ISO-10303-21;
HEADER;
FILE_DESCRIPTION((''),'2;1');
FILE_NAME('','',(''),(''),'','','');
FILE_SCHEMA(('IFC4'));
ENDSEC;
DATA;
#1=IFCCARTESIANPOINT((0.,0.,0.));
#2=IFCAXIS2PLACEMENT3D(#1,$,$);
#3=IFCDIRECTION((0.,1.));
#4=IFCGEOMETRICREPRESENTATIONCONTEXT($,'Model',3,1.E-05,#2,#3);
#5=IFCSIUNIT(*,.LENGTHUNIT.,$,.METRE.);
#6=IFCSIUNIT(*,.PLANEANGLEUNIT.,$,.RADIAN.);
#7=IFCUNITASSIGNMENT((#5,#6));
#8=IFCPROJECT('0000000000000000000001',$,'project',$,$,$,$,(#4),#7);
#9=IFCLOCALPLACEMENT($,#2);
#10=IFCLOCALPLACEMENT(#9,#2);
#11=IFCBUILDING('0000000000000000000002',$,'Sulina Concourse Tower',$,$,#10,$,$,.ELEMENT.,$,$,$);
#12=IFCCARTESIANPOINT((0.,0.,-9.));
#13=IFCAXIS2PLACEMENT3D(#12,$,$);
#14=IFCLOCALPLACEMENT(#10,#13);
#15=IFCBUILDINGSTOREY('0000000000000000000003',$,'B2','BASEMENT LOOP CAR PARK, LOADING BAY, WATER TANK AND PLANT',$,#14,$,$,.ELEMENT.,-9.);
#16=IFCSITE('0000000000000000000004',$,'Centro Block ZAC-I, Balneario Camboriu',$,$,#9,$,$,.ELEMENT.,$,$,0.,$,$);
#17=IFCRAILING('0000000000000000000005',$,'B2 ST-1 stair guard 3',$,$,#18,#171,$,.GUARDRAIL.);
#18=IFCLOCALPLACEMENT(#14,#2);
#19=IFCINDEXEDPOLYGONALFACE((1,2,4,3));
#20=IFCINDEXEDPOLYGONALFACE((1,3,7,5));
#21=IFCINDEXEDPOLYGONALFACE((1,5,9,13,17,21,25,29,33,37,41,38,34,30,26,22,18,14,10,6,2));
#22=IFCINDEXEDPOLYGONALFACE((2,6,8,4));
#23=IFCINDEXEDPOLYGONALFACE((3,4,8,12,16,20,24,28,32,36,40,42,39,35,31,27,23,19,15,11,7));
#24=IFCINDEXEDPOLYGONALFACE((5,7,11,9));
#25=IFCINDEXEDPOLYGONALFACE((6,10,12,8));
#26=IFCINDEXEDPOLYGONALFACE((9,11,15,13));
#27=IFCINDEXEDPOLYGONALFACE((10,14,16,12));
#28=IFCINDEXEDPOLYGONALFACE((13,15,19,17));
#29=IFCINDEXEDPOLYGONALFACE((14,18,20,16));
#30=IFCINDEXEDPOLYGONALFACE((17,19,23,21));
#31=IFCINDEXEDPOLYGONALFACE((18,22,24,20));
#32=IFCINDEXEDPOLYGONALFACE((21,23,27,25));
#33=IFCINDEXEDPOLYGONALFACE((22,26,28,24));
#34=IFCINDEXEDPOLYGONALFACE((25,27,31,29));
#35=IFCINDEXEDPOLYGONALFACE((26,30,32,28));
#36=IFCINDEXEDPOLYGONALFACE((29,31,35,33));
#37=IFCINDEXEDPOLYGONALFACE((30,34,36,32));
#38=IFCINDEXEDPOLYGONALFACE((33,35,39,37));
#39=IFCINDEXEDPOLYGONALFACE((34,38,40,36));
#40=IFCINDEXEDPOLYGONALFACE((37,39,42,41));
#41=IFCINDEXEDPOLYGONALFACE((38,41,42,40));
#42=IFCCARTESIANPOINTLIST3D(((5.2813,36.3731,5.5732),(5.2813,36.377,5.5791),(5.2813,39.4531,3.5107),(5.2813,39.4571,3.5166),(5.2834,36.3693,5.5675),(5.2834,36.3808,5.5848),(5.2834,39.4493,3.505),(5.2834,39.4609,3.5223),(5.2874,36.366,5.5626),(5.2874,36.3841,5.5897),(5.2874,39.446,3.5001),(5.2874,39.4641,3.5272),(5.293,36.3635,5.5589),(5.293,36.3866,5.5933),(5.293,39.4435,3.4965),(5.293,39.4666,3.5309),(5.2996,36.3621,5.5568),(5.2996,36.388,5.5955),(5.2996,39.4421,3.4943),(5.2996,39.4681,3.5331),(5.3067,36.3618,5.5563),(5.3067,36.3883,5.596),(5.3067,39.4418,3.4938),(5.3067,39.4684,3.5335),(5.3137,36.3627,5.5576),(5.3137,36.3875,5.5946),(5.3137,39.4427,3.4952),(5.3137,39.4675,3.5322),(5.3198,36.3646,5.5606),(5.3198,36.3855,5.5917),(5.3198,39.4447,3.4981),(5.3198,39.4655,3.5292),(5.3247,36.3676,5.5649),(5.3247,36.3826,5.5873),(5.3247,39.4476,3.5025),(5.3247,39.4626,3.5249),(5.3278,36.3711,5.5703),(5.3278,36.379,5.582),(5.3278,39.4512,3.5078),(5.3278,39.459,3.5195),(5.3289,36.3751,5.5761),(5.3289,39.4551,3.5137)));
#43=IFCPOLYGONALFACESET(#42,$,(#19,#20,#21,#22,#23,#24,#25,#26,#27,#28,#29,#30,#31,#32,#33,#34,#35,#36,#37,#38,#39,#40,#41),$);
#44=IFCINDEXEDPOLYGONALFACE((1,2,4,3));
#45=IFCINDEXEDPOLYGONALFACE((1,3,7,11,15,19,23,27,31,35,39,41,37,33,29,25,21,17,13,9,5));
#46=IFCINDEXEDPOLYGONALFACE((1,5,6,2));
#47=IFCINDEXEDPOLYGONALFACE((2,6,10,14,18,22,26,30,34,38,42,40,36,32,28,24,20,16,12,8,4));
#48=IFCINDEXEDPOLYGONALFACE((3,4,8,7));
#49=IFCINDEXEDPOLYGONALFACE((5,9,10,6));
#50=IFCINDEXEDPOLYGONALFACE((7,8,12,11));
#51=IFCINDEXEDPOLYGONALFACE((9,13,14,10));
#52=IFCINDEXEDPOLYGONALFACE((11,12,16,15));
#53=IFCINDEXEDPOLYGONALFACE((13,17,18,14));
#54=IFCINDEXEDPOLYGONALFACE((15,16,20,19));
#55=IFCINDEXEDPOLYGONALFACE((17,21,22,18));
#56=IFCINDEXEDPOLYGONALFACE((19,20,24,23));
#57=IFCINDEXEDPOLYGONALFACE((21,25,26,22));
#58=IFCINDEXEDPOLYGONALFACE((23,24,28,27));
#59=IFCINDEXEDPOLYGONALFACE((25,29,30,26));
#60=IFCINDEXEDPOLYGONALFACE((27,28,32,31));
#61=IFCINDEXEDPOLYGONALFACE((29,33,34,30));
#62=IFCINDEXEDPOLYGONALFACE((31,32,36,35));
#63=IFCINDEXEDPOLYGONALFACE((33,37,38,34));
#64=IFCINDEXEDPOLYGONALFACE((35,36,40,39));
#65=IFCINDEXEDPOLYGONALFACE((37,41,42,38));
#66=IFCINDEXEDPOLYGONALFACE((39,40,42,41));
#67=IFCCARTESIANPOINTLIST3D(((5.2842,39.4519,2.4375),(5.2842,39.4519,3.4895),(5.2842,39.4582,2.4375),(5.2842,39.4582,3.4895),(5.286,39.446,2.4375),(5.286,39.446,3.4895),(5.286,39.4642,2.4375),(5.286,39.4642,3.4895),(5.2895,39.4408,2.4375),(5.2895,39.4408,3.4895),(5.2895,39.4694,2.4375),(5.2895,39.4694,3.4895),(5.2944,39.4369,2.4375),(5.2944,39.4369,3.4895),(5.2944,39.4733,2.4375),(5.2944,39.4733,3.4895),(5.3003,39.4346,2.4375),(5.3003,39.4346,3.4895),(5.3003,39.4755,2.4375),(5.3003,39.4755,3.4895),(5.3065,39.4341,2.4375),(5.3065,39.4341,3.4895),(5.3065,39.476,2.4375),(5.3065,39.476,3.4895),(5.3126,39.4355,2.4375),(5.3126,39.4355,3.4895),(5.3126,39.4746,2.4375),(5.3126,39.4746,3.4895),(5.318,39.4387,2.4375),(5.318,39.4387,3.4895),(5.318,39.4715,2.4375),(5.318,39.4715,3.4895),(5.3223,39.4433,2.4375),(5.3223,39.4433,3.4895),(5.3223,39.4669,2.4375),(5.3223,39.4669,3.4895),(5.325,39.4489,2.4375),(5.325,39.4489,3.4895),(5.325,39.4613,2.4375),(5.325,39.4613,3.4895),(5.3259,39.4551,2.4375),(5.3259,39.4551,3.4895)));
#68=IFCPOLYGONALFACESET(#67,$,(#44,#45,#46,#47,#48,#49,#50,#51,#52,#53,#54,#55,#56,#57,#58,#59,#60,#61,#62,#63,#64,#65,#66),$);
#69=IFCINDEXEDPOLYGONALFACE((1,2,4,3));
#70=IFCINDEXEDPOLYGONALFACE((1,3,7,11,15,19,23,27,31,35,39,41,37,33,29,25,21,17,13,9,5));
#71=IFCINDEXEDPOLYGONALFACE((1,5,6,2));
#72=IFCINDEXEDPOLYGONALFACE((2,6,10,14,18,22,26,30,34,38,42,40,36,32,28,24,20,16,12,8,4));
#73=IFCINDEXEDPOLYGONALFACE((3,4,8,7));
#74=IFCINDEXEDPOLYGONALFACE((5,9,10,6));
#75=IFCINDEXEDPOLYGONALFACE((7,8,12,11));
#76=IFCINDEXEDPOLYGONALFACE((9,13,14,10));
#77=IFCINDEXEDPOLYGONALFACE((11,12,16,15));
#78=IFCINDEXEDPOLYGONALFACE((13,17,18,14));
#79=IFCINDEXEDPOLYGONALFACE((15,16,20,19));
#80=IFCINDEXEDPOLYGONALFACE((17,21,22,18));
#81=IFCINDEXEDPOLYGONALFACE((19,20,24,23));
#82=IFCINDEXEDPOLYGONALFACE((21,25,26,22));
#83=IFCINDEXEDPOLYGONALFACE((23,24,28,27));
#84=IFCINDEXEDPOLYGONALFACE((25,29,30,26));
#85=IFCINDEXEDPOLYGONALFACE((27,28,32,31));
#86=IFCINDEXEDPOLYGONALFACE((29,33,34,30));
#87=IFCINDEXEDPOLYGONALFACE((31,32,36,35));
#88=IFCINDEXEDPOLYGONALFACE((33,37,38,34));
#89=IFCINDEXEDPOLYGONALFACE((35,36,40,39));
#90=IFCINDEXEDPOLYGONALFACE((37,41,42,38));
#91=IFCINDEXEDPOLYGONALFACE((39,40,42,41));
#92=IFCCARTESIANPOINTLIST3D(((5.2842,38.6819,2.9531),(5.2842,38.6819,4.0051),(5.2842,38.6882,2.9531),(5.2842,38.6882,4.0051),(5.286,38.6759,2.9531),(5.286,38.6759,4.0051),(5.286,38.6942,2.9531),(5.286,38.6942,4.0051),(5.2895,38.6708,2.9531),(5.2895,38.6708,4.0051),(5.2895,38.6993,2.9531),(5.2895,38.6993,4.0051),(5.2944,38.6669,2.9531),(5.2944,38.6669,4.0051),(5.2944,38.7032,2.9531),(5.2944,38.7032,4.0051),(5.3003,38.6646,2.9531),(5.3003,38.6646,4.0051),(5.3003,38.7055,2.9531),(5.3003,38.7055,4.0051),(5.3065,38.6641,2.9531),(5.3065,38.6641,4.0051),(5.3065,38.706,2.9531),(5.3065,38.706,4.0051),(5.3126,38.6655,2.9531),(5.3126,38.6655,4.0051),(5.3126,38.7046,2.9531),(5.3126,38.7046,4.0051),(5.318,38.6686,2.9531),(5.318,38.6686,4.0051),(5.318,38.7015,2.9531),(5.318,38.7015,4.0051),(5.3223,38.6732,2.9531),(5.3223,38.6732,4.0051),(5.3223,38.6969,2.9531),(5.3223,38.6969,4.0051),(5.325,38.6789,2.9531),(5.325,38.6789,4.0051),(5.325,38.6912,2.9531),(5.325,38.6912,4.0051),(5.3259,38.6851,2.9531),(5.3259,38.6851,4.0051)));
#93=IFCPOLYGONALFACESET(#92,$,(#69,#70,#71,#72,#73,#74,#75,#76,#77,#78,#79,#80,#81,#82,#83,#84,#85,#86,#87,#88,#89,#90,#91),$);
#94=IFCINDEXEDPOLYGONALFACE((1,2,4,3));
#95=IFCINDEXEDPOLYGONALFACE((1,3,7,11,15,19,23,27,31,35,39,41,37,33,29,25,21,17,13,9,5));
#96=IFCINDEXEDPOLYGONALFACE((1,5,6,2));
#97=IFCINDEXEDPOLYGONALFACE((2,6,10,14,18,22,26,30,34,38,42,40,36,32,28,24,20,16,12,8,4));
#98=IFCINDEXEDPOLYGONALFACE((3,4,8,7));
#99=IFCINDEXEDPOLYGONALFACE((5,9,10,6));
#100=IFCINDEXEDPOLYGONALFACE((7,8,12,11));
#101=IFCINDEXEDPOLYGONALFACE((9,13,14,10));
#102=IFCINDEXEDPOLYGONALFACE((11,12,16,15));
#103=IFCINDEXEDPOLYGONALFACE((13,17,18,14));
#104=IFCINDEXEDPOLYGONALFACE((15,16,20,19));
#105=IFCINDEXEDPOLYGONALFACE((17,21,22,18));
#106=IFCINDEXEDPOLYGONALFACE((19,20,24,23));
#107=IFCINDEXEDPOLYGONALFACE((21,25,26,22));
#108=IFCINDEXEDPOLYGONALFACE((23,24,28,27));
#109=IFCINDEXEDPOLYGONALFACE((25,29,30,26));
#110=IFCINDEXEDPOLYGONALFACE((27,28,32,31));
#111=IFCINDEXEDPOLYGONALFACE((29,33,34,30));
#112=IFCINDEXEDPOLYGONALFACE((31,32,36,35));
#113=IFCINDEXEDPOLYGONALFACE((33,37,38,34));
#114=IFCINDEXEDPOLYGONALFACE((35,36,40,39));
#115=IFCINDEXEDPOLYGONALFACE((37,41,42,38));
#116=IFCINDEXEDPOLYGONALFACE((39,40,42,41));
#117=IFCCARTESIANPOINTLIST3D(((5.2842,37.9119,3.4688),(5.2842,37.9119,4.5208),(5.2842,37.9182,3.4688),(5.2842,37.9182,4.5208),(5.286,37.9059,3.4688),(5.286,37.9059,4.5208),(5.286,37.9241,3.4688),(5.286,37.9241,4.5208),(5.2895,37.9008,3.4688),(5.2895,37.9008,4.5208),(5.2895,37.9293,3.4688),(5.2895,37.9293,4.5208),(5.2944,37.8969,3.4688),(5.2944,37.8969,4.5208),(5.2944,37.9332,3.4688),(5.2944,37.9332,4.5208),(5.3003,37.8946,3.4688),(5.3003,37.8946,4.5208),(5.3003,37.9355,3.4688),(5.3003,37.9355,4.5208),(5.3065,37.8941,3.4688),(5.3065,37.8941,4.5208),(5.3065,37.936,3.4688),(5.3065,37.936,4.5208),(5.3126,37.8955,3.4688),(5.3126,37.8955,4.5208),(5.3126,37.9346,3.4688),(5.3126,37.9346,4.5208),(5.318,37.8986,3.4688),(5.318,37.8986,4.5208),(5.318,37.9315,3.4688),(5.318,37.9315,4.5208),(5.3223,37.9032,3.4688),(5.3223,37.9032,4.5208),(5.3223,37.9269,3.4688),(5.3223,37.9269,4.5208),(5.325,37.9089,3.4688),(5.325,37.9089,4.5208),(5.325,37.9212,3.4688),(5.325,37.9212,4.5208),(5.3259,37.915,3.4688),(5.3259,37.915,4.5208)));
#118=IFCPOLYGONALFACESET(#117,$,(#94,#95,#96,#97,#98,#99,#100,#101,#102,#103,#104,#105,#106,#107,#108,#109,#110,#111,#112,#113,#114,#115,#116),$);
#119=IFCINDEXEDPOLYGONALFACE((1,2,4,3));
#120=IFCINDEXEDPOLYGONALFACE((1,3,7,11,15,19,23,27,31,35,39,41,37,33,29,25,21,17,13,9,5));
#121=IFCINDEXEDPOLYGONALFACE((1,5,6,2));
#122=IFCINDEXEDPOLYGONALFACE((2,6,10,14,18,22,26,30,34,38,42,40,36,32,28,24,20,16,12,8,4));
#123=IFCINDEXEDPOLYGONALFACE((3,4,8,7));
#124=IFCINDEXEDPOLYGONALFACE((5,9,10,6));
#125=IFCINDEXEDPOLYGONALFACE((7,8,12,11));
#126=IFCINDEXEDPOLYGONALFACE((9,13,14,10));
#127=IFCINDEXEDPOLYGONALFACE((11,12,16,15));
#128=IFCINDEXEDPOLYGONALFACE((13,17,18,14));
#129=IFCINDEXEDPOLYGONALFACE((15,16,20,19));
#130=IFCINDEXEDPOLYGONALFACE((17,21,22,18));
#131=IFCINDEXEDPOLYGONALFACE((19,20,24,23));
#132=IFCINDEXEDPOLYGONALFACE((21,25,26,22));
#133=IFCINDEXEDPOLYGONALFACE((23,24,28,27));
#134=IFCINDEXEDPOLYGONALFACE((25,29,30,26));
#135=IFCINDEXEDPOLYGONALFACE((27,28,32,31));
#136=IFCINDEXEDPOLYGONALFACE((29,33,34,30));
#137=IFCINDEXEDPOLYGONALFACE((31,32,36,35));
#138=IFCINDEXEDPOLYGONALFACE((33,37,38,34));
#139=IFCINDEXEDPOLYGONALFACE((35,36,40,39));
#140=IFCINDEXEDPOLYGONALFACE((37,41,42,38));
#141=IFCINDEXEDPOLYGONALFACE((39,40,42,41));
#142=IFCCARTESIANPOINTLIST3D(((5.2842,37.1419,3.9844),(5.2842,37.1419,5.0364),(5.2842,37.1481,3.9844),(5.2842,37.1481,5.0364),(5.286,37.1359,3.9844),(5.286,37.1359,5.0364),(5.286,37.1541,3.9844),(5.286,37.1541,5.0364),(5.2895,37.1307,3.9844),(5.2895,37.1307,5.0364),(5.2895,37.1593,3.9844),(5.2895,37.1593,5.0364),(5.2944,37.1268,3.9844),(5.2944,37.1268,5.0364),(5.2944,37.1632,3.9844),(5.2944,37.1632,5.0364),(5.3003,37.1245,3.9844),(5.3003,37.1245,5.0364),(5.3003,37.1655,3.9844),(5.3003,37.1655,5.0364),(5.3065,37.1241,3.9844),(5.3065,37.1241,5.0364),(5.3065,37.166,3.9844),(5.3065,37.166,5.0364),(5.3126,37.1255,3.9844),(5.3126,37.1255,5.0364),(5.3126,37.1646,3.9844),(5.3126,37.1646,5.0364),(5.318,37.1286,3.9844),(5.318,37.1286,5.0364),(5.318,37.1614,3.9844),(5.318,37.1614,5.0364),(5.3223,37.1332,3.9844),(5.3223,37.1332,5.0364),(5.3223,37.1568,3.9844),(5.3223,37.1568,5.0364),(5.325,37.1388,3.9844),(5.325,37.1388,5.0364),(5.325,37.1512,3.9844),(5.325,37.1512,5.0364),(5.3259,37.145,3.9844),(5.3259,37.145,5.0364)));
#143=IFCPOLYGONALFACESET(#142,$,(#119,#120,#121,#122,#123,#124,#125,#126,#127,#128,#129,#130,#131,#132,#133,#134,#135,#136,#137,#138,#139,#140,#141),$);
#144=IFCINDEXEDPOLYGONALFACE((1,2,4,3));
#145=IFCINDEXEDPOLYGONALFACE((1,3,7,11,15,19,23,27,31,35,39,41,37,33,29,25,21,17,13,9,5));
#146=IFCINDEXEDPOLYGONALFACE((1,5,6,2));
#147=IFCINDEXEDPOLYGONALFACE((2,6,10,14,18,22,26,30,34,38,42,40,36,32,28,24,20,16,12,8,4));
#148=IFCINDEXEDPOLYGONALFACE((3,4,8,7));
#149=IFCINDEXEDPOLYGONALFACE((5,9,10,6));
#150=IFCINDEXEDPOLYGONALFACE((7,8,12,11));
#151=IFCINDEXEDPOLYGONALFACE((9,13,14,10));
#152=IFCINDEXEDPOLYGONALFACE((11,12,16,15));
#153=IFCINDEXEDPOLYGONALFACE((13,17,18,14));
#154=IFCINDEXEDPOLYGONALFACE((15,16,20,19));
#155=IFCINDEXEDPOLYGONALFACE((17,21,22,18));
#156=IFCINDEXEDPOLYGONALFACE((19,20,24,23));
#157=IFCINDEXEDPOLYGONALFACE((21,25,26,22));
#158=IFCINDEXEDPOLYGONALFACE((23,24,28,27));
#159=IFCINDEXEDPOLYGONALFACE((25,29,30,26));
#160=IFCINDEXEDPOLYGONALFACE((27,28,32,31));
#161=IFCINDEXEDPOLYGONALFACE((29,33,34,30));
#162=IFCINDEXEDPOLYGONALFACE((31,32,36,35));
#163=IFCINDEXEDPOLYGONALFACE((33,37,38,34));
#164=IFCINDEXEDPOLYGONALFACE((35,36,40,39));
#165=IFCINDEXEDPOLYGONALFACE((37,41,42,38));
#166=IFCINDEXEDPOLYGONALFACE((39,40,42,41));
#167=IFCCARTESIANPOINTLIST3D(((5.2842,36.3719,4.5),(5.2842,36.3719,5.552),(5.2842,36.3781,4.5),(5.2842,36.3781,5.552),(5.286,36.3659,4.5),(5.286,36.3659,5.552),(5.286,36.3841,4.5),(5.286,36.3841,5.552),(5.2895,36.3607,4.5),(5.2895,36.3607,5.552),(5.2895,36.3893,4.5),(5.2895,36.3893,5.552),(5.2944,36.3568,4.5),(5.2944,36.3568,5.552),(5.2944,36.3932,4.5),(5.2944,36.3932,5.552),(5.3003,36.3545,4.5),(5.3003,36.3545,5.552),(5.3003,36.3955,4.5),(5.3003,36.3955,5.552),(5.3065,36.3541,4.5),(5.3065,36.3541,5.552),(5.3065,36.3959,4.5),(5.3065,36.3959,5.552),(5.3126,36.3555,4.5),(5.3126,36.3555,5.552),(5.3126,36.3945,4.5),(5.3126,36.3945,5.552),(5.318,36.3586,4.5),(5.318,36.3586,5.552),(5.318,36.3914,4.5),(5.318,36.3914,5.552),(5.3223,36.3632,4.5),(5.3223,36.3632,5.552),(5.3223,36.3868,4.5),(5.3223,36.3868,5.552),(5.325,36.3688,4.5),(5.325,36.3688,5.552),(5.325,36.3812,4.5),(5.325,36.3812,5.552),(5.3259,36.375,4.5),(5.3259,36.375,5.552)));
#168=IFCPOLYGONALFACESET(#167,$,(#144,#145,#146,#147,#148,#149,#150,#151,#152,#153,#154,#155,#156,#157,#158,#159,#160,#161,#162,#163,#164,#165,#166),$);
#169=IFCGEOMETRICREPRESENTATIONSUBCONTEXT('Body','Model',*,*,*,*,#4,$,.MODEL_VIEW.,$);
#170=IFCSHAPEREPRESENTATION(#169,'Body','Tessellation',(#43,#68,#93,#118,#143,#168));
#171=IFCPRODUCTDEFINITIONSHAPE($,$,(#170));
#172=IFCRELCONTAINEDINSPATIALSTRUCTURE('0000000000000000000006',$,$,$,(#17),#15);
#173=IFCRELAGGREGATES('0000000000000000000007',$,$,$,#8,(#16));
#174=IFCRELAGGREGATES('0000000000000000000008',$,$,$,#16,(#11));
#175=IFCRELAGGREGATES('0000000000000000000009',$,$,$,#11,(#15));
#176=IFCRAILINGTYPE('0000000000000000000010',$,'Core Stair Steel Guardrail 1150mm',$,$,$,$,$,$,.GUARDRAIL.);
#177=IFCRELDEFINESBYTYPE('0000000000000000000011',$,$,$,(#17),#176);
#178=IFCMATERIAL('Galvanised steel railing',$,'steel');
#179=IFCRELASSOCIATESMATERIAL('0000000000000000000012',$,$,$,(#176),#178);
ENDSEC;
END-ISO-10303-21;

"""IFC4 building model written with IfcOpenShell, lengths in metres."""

from ifc_helpers import new_model, si_unit, direction, frame, origin, origin_2d, place, context, subcontext, project, spatial, circle, extrude, material, type_object, element, save


model = new_model("IFC4")

# Units and contexts
model_context = context("Model", 3, precision=1e-05, world=origin(), true_north=direction((0.0, 1.0)))
body_context = subcontext(model_context, "Body", "Model", "MODEL_VIEW")
ifc_project = project(units=[si_unit("LENGTHUNIT", "METRE"), si_unit("PLANEANGLEUNIT", "RADIAN")], contexts=[model_context])

# Site, building, storey
site_placement = place(None, origin())
site = spatial("IfcSite", under=ifc_project, at=site_placement, Name="Centro Block ZAC-I, Balneario Camboriu", CompositionType="ELEMENT", RefElevation=0.0)
building_placement = place(site_placement, origin())
building = spatial("IfcBuilding", under=site, at=building_placement, Name="Sulina Concourse Tower", CompositionType="ELEMENT")
storey_placement = place(building_placement, frame((0.0, 0.0, -9.0)))
storey = spatial("IfcBuildingStorey", under=building, at=storey_placement, Name="B2", Description="BASEMENT LOOP CAR PARK, LOADING BAY, WATER TANK AND PLANT", CompositionType="ELEMENT", Elevation=-9.0)

# Railing
ifc_material_1 = material(Name="Galvanised steel railing", Category="steel")
railing_type_1 = type_object("IfcRailingType", Name="Core Stair Steel Guardrail 1150mm", PredefinedType="GUARDRAIL", material=ifc_material_1)
railing_1_placement = place(storey_placement, frame((5.3049, 39.4551, 2.4375)))
element("IfcRailing", 1, at=railing_1_placement, inside=storey, type_object=railing_type_1, Name="B2 ST-1 stair guard 3", PredefinedType="GUARDRAIL", context=body_context, shape_type="SweptSolid", body=[
    extrude(circle(Radius=0.0239, at=origin_2d()), frame((0.0, 0.0, 1.0762), z_axis=(0.0, -0.830914, 0.556401), x_axis=(1.0, 0.0, 0.0)), (0.0, 0.0, 1.0), 3.7068),
    extrude(circle(Radius=0.021, at=origin_2d()), origin(), (0.0, 0.0, 1.0), 1.052),
    extrude(circle(Radius=0.021, at=origin_2d()), frame((0.0, -0.77, 0.5156)), (0.0, 0.0, 1.0), 1.052),
    extrude(circle(Radius=0.021, at=origin_2d()), frame((0.0, -1.54, 1.0312)), (0.0, 0.0, 1.0), 1.052),
    extrude(circle(Radius=0.021, at=origin_2d()), frame((0.0, -2.3101, 1.5469)), (0.0, 0.0, 1.0), 1.052),
    extrude(circle(Radius=0.021, at=origin_2d()), frame((0.0, -3.0801, 2.0625)), (0.0, 0.0, 1.0), 1.052),
])

save(model, "model.ifc")
